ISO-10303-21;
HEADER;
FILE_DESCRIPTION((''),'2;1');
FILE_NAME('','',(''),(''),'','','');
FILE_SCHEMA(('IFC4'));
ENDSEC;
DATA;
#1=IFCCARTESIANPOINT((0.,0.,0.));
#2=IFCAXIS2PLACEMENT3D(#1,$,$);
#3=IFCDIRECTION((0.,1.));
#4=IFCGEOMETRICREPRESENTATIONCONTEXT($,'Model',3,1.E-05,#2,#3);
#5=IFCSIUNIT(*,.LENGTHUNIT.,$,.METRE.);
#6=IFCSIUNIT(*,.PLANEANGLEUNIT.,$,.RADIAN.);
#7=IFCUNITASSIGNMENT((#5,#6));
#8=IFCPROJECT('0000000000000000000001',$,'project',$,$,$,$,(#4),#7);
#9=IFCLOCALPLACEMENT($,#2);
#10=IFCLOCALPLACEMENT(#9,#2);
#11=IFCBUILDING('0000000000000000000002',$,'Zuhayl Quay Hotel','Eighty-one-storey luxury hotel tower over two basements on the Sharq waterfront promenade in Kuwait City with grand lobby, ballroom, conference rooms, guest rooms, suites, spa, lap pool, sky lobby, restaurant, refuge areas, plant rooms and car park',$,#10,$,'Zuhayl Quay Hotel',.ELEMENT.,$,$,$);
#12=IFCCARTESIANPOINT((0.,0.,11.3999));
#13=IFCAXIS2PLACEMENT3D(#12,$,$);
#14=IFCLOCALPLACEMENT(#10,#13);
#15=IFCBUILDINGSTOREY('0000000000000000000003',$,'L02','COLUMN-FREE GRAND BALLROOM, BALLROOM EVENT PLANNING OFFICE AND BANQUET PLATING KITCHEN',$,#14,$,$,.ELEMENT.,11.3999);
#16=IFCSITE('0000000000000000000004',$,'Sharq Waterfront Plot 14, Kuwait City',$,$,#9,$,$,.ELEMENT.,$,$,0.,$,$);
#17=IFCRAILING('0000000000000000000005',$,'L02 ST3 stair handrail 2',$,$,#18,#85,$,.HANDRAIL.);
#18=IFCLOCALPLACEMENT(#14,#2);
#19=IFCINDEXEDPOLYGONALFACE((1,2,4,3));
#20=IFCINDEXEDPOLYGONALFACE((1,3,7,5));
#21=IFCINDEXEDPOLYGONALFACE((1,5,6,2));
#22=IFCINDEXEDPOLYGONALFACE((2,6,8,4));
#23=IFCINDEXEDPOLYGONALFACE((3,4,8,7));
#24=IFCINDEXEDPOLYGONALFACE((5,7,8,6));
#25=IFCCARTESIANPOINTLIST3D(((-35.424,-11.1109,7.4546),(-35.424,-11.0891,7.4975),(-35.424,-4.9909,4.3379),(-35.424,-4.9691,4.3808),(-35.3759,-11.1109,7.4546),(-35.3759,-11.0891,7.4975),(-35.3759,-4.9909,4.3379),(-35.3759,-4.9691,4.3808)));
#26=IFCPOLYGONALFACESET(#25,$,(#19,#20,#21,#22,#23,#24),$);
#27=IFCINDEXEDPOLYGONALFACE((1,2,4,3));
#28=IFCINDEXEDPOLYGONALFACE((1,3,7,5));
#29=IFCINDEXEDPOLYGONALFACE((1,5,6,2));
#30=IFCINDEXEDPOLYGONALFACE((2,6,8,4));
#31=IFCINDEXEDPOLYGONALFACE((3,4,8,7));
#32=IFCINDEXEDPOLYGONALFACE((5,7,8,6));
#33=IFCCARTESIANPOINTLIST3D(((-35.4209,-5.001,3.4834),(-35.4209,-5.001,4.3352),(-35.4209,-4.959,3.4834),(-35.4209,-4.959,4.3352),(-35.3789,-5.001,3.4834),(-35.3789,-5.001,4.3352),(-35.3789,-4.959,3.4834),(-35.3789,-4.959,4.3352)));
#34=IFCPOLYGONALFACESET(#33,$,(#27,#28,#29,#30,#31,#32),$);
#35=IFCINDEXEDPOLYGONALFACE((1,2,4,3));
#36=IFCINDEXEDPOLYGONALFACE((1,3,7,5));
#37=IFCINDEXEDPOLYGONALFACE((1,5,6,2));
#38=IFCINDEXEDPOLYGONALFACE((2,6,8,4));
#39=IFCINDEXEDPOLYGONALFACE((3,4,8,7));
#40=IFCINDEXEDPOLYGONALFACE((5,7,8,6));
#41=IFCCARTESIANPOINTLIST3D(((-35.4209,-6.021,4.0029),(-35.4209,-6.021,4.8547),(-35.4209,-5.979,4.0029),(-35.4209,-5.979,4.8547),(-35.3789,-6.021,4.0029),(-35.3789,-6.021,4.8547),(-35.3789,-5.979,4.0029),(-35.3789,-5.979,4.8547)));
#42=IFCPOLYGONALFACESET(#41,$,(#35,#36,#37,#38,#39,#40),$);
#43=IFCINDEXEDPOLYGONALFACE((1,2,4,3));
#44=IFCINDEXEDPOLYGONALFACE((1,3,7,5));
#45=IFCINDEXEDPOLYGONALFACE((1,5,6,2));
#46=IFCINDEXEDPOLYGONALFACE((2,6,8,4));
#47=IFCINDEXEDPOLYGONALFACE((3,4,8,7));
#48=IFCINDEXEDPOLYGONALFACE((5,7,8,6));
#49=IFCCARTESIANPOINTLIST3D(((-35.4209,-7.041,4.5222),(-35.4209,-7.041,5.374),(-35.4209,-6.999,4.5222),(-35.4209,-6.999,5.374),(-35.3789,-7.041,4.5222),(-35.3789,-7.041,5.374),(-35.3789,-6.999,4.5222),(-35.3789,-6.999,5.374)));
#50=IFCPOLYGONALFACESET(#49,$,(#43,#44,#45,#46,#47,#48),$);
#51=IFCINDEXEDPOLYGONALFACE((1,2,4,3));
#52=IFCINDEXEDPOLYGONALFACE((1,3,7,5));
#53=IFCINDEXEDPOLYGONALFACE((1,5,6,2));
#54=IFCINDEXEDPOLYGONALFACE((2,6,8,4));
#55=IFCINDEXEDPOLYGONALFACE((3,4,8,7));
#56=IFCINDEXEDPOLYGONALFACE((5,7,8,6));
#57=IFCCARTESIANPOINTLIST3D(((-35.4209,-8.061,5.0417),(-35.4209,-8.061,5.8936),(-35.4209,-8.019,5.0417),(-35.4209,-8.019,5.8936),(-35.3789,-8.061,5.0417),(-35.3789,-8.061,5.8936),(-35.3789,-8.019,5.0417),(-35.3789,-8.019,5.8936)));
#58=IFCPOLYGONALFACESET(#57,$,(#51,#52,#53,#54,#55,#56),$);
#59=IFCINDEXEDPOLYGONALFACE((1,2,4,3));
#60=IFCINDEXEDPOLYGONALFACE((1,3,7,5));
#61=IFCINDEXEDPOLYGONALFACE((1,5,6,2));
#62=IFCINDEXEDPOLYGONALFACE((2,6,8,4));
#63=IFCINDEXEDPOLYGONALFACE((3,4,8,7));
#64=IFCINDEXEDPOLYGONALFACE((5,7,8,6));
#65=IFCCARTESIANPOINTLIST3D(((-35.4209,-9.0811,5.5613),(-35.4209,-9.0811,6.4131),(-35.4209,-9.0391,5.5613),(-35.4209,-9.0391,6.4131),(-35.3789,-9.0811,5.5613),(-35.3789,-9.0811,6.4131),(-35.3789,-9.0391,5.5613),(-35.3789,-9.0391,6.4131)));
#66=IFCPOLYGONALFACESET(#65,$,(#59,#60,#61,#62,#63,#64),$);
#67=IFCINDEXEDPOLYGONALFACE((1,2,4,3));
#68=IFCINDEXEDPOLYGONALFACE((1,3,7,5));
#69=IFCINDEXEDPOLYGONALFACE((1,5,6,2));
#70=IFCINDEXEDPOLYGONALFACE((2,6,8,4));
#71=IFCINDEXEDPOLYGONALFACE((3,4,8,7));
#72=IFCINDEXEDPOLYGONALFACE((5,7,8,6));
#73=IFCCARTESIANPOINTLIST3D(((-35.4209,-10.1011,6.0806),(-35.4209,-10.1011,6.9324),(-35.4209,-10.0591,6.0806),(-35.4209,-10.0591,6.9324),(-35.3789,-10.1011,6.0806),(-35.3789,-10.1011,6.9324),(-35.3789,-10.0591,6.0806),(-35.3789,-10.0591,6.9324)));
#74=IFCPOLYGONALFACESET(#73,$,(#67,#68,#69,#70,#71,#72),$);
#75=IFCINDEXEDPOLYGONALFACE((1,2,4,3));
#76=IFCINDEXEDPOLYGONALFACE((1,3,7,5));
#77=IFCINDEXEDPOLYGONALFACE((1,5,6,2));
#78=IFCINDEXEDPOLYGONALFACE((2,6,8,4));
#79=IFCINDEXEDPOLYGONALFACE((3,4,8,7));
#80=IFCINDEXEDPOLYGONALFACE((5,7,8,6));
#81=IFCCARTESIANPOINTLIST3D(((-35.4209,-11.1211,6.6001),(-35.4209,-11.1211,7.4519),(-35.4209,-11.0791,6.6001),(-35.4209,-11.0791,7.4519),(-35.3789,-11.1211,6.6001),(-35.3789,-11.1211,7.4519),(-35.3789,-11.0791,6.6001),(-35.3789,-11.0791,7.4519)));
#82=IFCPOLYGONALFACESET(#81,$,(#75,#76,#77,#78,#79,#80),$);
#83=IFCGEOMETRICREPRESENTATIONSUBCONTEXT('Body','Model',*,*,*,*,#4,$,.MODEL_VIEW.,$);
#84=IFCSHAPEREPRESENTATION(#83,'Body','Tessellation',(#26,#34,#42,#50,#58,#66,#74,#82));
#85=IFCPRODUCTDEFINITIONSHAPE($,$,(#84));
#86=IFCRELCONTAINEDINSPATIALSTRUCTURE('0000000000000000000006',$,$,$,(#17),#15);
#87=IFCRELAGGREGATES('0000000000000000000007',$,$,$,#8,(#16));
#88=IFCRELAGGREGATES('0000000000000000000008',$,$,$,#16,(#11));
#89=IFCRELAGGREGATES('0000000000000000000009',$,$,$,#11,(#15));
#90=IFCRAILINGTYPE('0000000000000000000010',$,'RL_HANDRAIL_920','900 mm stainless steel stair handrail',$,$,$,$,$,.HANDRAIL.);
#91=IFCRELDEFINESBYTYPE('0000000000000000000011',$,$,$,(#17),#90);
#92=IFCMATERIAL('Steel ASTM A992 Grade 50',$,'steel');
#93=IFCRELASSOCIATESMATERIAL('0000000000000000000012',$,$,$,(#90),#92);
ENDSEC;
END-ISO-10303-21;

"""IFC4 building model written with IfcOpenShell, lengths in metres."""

from ifc_helpers import new_model, si_unit, direction, frame, origin, origin_2d, place, context, subcontext, project, spatial, rectangle, extrude, material, type_object, element, save


model = new_model("IFC4")

# Units and contexts
model_context = context("Model", 3, precision=1e-05, world=origin(), true_north=direction((0.0, 1.0)))
body_context = subcontext(model_context, "Body", "Model", "MODEL_VIEW")
ifc_project = project(units=[si_unit("LENGTHUNIT", "METRE"), si_unit("PLANEANGLEUNIT", "RADIAN")], contexts=[model_context])

# Site, building, storey
site_placement = place(None, origin())
site = spatial("IfcSite", under=ifc_project, at=site_placement, Name="Sharq Waterfront Plot 14, Kuwait City", CompositionType="ELEMENT", RefElevation=0.0)
building_placement = place(site_placement, origin())
building = spatial("IfcBuilding", under=site, at=building_placement, Name="Zuhayl Quay Hotel", Description="Eighty-one-storey luxury hotel tower over two basements on the Sharq waterfront promenade in Kuwait City with grand lobby, ballroom, conference rooms, guest rooms, suites, spa, lap pool, sky lobby, restaurant, refuge areas, plant rooms and car park", LongName="Zuhayl Quay Hotel", CompositionType="ELEMENT")
storey_placement = place(building_placement, frame((0.0, 0.0, 11.3999)))
storey = spatial("IfcBuildingStorey", under=building, at=storey_placement, Name="L02", Description="COLUMN-FREE GRAND BALLROOM, BALLROOM EVENT PLANNING OFFICE AND BANQUET PLATING KITCHEN", CompositionType="ELEMENT", Elevation=11.3999)

# Shared definitions
ifc_material_1 = material(Name="Steel ASTM A992 Grade 50", Category="steel")

# Railing
railing_type_1 = type_object("IfcRailingType", Name="RL_HANDRAIL_920", Description="900 mm stainless steel stair handrail", PredefinedType="HANDRAIL", material=ifc_material_1)
railing_1_placement = place(storey_placement, frame((-35.3999, -4.98, 3.4834)))
element("IfcRailing", 1, at=railing_1_placement, inside=storey, type_object=railing_type_1, Name="L02 ST3 stair handrail 2", PredefinedType="HANDRAIL", context=body_context, shape_type="SweptSolid", body=[
    extrude(rectangle(XDim=0.0481, YDim=0.0481, at=origin_2d()), frame((0.0, 0.0, 0.876), z_axis=(0.0, -0.891104, 0.453799), x_axis=(1.0, 0.0, 0.0)), (0.0, 0.0, 1.0), 6.8679),
    extrude(rectangle(XDim=0.042, YDim=0.042, at=origin_2d()), origin(), (0.0, 0.0, 1.0), 0.8518),
    extrude(rectangle(XDim=0.042, YDim=0.042, at=origin_2d()), frame((0.0, -1.02, 0.5195)), (0.0, 0.0, 1.0), 0.8518),
    extrude(rectangle(XDim=0.042, YDim=0.042, at=origin_2d()), frame((0.0, -2.04, 1.0388)), (0.0, 0.0, 1.0), 0.8518),
    extrude(rectangle(XDim=0.042, YDim=0.042, at=origin_2d()), frame((0.0, -3.0601, 1.5583)), (0.0, 0.0, 1.0), 0.8518),
    extrude(rectangle(XDim=0.042, YDim=0.042, at=origin_2d()), frame((0.0, -4.0801, 2.0779)), (0.0, 0.0, 1.0), 0.8518),
    extrude(rectangle(XDim=0.042, YDim=0.042, at=origin_2d()), frame((0.0, -5.1001, 2.5972)), (0.0, 0.0, 1.0), 0.8518),
    extrude(rectangle(XDim=0.042, YDim=0.042, at=origin_2d()), frame((0.0, -6.1201, 3.1167)), (0.0, 0.0, 1.0), 0.8518),
])

save(model, "model.ifc")
